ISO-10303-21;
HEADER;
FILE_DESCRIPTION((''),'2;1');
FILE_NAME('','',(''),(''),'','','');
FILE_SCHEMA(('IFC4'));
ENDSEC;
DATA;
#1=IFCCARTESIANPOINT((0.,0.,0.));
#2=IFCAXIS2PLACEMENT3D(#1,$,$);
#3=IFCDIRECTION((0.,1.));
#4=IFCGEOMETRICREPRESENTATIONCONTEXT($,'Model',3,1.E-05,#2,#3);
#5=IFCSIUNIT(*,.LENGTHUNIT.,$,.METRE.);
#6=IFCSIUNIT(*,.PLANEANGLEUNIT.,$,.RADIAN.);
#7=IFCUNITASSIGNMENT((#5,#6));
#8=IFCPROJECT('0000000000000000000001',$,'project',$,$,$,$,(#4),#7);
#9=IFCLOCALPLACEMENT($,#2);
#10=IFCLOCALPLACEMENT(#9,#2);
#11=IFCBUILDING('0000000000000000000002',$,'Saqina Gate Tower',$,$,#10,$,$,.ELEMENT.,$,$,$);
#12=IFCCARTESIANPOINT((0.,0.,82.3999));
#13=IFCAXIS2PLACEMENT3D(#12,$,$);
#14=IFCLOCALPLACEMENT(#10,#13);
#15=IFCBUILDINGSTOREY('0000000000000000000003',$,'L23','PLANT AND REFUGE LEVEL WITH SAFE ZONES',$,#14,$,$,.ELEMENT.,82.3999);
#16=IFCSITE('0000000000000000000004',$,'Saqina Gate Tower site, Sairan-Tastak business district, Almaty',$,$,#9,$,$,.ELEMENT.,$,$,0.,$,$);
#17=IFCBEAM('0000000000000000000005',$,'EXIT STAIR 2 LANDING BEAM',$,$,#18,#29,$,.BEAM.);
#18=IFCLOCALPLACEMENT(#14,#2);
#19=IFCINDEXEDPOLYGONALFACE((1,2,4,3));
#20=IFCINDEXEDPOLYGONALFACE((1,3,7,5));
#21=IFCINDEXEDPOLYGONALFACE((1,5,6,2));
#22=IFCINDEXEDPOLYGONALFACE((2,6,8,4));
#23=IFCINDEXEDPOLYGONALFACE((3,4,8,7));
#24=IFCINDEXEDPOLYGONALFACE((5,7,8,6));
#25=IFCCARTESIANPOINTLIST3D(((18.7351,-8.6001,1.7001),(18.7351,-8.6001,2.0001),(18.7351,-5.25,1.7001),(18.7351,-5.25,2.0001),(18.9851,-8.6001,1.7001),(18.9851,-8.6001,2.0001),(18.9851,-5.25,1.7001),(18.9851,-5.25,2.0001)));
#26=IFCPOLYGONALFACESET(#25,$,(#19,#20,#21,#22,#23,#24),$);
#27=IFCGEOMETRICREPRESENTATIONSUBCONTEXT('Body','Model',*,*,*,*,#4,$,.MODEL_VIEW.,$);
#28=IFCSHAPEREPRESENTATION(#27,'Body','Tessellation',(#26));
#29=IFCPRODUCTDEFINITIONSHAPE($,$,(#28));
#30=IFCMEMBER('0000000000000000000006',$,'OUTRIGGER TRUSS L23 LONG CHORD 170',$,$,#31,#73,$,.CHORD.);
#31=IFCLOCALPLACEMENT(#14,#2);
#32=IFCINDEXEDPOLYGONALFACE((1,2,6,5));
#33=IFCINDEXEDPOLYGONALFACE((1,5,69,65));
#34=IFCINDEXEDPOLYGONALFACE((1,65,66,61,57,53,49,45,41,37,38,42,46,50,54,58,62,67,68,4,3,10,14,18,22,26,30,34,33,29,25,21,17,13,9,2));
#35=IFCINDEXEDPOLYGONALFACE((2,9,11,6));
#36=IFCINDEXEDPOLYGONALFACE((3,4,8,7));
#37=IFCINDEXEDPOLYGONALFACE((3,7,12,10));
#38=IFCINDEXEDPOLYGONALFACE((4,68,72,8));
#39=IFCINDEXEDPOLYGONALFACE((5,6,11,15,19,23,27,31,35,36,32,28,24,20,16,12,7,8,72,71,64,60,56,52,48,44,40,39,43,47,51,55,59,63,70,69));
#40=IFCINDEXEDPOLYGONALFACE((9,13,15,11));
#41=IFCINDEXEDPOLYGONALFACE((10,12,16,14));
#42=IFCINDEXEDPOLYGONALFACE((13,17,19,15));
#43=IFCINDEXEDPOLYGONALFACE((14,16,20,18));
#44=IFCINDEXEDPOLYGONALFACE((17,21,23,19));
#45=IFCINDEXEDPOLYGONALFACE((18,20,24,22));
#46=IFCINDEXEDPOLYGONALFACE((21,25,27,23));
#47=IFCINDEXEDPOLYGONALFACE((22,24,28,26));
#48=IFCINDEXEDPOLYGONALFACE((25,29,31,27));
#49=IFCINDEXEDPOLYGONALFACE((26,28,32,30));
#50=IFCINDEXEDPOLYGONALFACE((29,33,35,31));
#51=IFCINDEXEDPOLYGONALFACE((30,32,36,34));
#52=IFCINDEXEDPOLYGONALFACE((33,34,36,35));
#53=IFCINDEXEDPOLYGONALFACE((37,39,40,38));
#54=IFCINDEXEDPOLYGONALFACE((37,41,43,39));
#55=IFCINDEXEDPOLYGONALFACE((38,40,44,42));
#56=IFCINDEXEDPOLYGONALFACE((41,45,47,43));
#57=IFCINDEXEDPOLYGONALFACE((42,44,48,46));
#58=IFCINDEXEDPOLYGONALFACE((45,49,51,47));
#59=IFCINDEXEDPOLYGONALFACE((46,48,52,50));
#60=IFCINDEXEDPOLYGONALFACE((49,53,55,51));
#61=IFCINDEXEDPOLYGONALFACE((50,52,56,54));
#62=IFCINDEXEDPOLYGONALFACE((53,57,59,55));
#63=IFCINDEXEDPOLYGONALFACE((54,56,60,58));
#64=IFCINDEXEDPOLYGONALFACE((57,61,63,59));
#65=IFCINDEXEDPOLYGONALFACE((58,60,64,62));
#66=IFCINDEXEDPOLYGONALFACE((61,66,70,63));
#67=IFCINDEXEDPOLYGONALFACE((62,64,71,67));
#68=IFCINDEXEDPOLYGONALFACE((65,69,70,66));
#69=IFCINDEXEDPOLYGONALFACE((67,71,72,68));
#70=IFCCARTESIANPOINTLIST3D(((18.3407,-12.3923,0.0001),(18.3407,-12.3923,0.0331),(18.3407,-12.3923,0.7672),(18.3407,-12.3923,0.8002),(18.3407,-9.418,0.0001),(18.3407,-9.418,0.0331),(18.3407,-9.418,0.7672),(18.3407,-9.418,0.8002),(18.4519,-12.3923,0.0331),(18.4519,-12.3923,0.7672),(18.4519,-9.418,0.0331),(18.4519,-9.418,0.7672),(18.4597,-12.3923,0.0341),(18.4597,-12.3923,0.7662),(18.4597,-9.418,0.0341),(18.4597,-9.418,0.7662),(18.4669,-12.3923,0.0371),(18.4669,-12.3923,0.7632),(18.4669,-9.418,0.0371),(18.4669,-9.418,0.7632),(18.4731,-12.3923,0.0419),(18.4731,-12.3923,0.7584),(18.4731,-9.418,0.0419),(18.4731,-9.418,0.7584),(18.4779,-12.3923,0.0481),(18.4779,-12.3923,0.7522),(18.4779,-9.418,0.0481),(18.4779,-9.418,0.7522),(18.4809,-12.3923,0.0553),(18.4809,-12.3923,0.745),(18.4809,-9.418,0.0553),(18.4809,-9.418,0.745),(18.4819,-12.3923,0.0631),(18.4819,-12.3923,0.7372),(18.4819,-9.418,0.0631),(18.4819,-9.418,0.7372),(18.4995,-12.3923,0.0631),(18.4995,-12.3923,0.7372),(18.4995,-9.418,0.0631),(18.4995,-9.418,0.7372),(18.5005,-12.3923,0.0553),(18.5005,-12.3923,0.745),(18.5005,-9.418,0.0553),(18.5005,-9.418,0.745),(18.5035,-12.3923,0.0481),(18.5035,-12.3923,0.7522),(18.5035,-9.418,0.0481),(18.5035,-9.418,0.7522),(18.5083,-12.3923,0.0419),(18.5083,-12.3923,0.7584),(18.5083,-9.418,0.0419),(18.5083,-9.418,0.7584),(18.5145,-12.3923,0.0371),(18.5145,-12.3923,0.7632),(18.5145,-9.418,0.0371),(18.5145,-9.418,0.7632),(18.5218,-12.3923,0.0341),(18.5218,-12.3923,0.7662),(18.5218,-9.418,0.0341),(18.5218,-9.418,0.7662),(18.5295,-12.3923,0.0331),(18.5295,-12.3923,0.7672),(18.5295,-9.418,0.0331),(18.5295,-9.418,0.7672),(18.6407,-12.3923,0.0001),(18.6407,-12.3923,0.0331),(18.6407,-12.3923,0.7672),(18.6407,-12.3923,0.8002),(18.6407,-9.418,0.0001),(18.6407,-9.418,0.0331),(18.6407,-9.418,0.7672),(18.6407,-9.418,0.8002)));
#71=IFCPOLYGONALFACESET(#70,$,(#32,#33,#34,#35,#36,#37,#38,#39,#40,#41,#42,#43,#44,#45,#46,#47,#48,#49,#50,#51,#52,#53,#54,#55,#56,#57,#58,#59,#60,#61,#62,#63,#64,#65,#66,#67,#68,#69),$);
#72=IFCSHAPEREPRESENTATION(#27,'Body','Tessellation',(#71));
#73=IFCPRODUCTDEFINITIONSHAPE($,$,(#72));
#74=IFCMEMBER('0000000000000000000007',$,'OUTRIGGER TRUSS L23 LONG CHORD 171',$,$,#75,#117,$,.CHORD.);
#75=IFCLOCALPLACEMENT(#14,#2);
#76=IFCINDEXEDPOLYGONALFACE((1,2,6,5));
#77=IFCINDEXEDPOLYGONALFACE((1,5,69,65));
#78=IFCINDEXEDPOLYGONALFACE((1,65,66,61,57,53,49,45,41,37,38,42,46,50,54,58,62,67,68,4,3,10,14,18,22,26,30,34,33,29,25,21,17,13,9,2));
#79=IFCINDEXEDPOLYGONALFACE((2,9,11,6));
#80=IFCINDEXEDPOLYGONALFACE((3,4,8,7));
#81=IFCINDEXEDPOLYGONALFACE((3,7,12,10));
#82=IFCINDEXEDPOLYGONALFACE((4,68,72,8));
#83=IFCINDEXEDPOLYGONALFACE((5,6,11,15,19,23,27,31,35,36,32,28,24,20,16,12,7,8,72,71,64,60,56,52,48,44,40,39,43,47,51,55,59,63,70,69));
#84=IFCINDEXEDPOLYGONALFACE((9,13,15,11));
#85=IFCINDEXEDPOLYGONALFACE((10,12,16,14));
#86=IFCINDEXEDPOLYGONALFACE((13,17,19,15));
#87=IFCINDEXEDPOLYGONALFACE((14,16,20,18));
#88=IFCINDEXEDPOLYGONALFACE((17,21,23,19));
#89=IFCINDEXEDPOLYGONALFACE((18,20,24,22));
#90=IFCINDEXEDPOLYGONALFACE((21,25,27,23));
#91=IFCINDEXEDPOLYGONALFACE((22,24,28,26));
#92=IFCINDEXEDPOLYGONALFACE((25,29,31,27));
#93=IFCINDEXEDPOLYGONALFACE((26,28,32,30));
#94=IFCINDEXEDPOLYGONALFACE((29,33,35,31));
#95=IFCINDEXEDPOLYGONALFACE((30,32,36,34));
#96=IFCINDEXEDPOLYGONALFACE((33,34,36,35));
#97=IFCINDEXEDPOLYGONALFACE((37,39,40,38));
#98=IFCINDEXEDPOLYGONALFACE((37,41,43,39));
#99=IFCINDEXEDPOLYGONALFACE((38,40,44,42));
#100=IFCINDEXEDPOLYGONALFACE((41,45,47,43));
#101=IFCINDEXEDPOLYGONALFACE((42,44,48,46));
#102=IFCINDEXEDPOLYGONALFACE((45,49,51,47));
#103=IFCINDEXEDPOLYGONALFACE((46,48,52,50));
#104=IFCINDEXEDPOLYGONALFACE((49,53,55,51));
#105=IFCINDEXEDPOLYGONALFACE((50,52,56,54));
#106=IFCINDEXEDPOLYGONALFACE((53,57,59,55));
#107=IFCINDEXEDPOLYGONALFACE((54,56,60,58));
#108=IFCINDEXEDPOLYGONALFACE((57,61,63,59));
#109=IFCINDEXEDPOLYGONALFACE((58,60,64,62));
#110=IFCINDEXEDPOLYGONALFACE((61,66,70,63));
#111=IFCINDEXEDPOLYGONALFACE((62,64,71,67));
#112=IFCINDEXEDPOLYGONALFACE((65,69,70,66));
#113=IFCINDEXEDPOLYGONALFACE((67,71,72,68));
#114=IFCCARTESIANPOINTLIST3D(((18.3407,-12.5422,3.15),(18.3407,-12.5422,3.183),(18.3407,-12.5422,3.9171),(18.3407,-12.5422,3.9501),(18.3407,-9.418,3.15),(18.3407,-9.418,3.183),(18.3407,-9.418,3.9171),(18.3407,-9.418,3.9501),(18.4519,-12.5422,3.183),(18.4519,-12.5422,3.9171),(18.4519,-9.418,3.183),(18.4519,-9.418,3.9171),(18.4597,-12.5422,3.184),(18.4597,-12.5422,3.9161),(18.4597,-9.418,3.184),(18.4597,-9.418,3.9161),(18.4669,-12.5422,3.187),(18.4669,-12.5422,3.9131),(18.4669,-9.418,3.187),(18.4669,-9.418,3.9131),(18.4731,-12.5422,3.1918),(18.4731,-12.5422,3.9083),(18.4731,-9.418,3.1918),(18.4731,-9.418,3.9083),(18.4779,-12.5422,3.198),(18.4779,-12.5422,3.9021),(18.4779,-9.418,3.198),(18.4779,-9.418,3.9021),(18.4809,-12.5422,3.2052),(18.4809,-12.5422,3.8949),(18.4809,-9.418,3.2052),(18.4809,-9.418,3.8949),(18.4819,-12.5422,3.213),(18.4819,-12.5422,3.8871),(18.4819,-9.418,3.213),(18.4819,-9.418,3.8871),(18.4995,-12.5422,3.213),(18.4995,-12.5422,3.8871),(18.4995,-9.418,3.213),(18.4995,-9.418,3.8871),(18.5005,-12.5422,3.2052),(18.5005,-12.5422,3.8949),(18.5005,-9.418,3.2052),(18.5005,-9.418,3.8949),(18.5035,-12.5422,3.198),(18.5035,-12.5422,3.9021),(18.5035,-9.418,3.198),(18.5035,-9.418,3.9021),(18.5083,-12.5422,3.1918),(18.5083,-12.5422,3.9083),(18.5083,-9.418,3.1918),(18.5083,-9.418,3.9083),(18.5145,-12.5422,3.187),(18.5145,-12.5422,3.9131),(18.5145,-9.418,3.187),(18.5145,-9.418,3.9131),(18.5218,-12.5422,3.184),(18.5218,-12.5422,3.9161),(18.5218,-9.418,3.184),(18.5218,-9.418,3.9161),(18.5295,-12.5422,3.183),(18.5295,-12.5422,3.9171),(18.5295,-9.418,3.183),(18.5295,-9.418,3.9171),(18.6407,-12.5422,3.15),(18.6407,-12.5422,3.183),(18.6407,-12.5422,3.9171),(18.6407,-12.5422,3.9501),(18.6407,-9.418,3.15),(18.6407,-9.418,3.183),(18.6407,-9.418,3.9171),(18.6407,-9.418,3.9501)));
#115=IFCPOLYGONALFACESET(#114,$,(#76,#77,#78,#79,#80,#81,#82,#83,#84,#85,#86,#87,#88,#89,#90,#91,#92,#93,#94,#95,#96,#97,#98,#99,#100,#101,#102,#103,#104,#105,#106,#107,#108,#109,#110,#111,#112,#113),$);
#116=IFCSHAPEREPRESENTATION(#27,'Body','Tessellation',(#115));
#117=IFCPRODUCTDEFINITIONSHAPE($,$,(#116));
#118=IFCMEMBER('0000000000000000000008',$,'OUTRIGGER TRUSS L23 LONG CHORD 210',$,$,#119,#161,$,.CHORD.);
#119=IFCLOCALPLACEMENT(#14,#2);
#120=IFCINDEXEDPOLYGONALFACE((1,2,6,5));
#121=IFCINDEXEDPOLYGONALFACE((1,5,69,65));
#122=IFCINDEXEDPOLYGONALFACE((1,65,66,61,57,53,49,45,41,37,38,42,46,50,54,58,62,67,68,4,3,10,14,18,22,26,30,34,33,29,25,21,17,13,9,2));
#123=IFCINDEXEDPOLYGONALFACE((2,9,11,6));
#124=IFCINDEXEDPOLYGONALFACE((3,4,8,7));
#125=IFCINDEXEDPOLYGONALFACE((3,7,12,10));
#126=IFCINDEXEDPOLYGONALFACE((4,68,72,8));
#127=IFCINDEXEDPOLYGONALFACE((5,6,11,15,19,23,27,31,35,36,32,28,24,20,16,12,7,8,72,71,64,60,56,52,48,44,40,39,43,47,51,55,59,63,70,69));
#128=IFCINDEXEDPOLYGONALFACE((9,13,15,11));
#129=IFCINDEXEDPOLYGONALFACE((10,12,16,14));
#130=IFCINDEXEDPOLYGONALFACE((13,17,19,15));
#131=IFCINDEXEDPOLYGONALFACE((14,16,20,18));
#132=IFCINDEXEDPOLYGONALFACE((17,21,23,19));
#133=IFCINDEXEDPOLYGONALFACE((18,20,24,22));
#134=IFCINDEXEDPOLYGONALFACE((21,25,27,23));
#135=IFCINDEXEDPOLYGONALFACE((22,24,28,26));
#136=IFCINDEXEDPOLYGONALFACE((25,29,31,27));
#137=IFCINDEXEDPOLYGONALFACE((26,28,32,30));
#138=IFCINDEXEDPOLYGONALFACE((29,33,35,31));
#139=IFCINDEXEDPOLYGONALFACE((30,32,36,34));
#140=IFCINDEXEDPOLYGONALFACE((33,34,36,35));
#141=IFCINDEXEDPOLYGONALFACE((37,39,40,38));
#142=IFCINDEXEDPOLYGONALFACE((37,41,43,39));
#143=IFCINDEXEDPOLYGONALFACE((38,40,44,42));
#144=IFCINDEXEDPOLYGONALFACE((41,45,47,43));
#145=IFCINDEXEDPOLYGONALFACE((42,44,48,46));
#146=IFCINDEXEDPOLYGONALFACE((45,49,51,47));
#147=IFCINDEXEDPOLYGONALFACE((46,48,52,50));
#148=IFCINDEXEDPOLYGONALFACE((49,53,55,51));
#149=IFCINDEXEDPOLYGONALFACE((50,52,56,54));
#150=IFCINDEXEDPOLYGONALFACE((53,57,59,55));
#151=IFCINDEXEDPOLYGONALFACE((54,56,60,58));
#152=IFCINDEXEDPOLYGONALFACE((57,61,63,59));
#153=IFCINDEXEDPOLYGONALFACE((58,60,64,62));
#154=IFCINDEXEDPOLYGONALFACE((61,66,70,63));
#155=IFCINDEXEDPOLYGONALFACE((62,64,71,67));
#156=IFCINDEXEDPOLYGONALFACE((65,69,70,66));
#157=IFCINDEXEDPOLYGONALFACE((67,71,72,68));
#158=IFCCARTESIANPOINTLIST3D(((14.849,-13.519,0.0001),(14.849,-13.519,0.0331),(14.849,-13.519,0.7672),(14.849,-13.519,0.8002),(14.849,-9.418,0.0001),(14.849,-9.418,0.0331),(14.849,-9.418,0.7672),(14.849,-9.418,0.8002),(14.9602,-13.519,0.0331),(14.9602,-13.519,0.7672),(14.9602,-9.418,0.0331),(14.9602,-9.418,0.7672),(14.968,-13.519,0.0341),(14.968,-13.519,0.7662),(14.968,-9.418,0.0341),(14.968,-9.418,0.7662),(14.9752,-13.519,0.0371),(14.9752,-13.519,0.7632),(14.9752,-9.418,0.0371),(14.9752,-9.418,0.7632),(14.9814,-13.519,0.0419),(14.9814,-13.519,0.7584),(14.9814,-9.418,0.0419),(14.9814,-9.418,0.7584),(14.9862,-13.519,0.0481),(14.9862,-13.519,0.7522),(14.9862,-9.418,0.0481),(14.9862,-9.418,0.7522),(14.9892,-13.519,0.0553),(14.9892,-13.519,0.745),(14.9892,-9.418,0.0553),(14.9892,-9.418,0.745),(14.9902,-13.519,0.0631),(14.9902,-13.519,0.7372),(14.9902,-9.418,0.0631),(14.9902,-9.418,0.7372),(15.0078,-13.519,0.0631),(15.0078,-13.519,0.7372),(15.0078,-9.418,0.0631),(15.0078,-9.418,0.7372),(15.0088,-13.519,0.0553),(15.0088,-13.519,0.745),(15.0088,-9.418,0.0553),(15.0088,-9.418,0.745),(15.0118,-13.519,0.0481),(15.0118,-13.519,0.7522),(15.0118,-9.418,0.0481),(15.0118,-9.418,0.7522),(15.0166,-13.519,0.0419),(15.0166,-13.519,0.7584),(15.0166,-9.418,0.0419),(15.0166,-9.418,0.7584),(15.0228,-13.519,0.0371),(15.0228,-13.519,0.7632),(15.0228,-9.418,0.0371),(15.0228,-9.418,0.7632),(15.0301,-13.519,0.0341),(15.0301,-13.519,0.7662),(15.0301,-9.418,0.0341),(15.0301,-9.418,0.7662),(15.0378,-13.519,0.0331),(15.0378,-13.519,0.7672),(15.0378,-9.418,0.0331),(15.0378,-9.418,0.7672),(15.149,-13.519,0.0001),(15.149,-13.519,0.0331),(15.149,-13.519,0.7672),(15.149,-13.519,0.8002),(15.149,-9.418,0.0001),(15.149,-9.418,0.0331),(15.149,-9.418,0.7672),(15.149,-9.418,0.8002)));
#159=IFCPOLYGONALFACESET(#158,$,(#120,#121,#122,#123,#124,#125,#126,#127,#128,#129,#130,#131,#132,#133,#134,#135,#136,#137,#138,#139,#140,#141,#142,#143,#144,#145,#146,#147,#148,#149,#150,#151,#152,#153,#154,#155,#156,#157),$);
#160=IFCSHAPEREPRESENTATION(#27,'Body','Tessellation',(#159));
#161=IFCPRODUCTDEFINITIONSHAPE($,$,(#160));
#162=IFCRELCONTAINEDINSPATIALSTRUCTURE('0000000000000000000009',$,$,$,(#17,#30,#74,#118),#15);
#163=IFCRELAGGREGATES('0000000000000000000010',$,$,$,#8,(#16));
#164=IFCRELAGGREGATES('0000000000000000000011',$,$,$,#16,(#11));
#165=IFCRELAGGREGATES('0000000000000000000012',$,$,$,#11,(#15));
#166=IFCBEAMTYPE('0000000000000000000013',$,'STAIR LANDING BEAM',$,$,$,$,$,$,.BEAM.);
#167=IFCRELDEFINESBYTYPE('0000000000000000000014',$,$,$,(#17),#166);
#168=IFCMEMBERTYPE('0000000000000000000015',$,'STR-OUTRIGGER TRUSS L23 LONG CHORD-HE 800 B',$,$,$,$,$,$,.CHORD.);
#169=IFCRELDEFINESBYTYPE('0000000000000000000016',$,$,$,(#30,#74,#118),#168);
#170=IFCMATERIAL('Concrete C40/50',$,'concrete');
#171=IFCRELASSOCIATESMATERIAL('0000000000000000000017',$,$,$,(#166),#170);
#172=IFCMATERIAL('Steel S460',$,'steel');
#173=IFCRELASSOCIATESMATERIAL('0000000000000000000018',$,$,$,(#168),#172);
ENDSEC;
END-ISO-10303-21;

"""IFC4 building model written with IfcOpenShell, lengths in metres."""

from ifc_helpers import new_model, si_unit, direction, frame, origin, origin_2d, place, context, subcontext, project, spatial, rectangle, i_section, extrude, material, material_profile, profile_set, type_object, element, save


model = new_model("IFC4")

# Units and contexts
model_context = context("Model", 3, precision=1e-05, world=origin(), true_north=direction((0.0, 1.0)))
body_context = subcontext(model_context, "Body", "Model", "MODEL_VIEW")
ifc_project = project(units=[si_unit("LENGTHUNIT", "METRE"), si_unit("PLANEANGLEUNIT", "RADIAN")], contexts=[model_context])

# Site, building, storey
site_placement = place(None, origin())
site = spatial("IfcSite", under=ifc_project, at=site_placement, Name="Saqina Gate Tower site, Sairan-Tastak business district, Almaty", CompositionType="ELEMENT", RefElevation=0.0)
building_placement = place(site_placement, origin())
building = spatial("IfcBuilding", under=site, at=building_placement, Name="Saqina Gate Tower", CompositionType="ELEMENT")
storey_placement = place(building_placement, frame((0.0, 0.0, 82.3999)))
storey = spatial("IfcBuildingStorey", under=building, at=storey_placement, Name="L23", Description="PLANT AND REFUGE LEVEL WITH SAFE ZONES", CompositionType="ELEMENT", Elevation=82.3999)

# Beam
ifc_material_1 = material(Name="Concrete C40/50", Category="concrete")
ifc_material_profile_1 = material_profile(ifc_material_1, rectangle(XDim=0.25, YDim=0.3, at=origin_2d()), Name="STAIR LANDING BEAM")
ifc_profile_set_1 = profile_set([ifc_material_profile_1], Name="Concrete C40/50")
beam_type = type_object("IfcBeamType", Name="STAIR LANDING BEAM", PredefinedType="BEAM", material=ifc_profile_set_1)
beam_placement = place(storey_placement, frame((18.8601, -8.6001, 1.8501), z_axis=(0.0, 1.0, 0.0), x_axis=(-1.0, 0.0, 0.0)))
element("IfcBeam", 1, at=beam_placement, inside=storey, type_object=beam_type, Name="EXIT STAIR 2 LANDING BEAM", PredefinedType="BEAM", context=body_context, shape_type="SweptSolid", body=[
    extrude(rectangle(XDim=0.25, YDim=0.3, at=origin_2d()), origin(), (0.0, 0.0, 1.0), 3.3501),
])

# Members
ifc_material_2 = material(Name="Steel S460", Category="steel")
ifc_material_profile_2 = material_profile(ifc_material_2, i_section(OverallWidth=0.3, OverallDepth=0.8, WebThickness=0.0176, FlangeThickness=0.033, FilletRadius=0.03, at=origin_2d()), Name="HE 800 B")
ifc_profile_set_2 = profile_set([ifc_material_profile_2], Name="Steel S460")
member_type_1 = type_object("IfcMemberType", Name="STR-OUTRIGGER TRUSS L23 LONG CHORD-HE 800 B", PredefinedType="CHORD", material=ifc_profile_set_2)
member_1_placement = place(storey_placement, frame((18.4907, -9.418, 0.4001), z_axis=(0.0, -1.0, 0.0), x_axis=(1.0, 0.0, 0.0)))
element("IfcMember", 2, at=member_1_placement, inside=storey, type_object=member_type_1, Name="OUTRIGGER TRUSS L23 LONG CHORD 170", PredefinedType="CHORD", context=body_context, shape_type="SweptSolid", body=[
    extrude(i_section(OverallWidth=0.3, OverallDepth=0.8, WebThickness=0.0176, FlangeThickness=0.033, FilletRadius=0.03, at=origin_2d()), origin(), (0.0, 0.0, 1.0), 2.9744),
])
member_2_placement = place(storey_placement, frame((18.4907, -9.418, 3.55), z_axis=(0.0, -1.0, 0.0), x_axis=(1.0, 0.0, 0.0)))
element("IfcMember", 3, at=member_2_placement, inside=storey, type_object=member_type_1, Name="OUTRIGGER TRUSS L23 LONG CHORD 171", PredefinedType="CHORD", context=body_context, shape_type="SweptSolid", body=[
    extrude(i_section(OverallWidth=0.3, OverallDepth=0.8, WebThickness=0.0176, FlangeThickness=0.033, FilletRadius=0.03, at=origin_2d()), origin(), (0.0, 0.0, 1.0), 3.1243),
])
for number, where, z_axis, x_axis, name in (
    (4, (14.999, -9.418, 0.4001), (0.0, -1.0, 0.0), (1.0, 0.0, 0.0), "OUTRIGGER TRUSS L23 LONG CHORD 210"),
):
    element("IfcMember", number, at=place(storey_placement, frame(where, z_axis=z_axis, x_axis=x_axis)), inside=storey, type_object=member_type_1, Name=name, PredefinedType="CHORD", context=body_context, shape_type="SweptSolid", body=[
        extrude(i_section(OverallWidth=0.3, OverallDepth=0.8, WebThickness=0.0176, FlangeThickness=0.033, FilletRadius=0.03, at=origin_2d()), origin(), (0.0, 0.0, 1.0), 4.1011),
    ])

save(model, "model.ifc")
